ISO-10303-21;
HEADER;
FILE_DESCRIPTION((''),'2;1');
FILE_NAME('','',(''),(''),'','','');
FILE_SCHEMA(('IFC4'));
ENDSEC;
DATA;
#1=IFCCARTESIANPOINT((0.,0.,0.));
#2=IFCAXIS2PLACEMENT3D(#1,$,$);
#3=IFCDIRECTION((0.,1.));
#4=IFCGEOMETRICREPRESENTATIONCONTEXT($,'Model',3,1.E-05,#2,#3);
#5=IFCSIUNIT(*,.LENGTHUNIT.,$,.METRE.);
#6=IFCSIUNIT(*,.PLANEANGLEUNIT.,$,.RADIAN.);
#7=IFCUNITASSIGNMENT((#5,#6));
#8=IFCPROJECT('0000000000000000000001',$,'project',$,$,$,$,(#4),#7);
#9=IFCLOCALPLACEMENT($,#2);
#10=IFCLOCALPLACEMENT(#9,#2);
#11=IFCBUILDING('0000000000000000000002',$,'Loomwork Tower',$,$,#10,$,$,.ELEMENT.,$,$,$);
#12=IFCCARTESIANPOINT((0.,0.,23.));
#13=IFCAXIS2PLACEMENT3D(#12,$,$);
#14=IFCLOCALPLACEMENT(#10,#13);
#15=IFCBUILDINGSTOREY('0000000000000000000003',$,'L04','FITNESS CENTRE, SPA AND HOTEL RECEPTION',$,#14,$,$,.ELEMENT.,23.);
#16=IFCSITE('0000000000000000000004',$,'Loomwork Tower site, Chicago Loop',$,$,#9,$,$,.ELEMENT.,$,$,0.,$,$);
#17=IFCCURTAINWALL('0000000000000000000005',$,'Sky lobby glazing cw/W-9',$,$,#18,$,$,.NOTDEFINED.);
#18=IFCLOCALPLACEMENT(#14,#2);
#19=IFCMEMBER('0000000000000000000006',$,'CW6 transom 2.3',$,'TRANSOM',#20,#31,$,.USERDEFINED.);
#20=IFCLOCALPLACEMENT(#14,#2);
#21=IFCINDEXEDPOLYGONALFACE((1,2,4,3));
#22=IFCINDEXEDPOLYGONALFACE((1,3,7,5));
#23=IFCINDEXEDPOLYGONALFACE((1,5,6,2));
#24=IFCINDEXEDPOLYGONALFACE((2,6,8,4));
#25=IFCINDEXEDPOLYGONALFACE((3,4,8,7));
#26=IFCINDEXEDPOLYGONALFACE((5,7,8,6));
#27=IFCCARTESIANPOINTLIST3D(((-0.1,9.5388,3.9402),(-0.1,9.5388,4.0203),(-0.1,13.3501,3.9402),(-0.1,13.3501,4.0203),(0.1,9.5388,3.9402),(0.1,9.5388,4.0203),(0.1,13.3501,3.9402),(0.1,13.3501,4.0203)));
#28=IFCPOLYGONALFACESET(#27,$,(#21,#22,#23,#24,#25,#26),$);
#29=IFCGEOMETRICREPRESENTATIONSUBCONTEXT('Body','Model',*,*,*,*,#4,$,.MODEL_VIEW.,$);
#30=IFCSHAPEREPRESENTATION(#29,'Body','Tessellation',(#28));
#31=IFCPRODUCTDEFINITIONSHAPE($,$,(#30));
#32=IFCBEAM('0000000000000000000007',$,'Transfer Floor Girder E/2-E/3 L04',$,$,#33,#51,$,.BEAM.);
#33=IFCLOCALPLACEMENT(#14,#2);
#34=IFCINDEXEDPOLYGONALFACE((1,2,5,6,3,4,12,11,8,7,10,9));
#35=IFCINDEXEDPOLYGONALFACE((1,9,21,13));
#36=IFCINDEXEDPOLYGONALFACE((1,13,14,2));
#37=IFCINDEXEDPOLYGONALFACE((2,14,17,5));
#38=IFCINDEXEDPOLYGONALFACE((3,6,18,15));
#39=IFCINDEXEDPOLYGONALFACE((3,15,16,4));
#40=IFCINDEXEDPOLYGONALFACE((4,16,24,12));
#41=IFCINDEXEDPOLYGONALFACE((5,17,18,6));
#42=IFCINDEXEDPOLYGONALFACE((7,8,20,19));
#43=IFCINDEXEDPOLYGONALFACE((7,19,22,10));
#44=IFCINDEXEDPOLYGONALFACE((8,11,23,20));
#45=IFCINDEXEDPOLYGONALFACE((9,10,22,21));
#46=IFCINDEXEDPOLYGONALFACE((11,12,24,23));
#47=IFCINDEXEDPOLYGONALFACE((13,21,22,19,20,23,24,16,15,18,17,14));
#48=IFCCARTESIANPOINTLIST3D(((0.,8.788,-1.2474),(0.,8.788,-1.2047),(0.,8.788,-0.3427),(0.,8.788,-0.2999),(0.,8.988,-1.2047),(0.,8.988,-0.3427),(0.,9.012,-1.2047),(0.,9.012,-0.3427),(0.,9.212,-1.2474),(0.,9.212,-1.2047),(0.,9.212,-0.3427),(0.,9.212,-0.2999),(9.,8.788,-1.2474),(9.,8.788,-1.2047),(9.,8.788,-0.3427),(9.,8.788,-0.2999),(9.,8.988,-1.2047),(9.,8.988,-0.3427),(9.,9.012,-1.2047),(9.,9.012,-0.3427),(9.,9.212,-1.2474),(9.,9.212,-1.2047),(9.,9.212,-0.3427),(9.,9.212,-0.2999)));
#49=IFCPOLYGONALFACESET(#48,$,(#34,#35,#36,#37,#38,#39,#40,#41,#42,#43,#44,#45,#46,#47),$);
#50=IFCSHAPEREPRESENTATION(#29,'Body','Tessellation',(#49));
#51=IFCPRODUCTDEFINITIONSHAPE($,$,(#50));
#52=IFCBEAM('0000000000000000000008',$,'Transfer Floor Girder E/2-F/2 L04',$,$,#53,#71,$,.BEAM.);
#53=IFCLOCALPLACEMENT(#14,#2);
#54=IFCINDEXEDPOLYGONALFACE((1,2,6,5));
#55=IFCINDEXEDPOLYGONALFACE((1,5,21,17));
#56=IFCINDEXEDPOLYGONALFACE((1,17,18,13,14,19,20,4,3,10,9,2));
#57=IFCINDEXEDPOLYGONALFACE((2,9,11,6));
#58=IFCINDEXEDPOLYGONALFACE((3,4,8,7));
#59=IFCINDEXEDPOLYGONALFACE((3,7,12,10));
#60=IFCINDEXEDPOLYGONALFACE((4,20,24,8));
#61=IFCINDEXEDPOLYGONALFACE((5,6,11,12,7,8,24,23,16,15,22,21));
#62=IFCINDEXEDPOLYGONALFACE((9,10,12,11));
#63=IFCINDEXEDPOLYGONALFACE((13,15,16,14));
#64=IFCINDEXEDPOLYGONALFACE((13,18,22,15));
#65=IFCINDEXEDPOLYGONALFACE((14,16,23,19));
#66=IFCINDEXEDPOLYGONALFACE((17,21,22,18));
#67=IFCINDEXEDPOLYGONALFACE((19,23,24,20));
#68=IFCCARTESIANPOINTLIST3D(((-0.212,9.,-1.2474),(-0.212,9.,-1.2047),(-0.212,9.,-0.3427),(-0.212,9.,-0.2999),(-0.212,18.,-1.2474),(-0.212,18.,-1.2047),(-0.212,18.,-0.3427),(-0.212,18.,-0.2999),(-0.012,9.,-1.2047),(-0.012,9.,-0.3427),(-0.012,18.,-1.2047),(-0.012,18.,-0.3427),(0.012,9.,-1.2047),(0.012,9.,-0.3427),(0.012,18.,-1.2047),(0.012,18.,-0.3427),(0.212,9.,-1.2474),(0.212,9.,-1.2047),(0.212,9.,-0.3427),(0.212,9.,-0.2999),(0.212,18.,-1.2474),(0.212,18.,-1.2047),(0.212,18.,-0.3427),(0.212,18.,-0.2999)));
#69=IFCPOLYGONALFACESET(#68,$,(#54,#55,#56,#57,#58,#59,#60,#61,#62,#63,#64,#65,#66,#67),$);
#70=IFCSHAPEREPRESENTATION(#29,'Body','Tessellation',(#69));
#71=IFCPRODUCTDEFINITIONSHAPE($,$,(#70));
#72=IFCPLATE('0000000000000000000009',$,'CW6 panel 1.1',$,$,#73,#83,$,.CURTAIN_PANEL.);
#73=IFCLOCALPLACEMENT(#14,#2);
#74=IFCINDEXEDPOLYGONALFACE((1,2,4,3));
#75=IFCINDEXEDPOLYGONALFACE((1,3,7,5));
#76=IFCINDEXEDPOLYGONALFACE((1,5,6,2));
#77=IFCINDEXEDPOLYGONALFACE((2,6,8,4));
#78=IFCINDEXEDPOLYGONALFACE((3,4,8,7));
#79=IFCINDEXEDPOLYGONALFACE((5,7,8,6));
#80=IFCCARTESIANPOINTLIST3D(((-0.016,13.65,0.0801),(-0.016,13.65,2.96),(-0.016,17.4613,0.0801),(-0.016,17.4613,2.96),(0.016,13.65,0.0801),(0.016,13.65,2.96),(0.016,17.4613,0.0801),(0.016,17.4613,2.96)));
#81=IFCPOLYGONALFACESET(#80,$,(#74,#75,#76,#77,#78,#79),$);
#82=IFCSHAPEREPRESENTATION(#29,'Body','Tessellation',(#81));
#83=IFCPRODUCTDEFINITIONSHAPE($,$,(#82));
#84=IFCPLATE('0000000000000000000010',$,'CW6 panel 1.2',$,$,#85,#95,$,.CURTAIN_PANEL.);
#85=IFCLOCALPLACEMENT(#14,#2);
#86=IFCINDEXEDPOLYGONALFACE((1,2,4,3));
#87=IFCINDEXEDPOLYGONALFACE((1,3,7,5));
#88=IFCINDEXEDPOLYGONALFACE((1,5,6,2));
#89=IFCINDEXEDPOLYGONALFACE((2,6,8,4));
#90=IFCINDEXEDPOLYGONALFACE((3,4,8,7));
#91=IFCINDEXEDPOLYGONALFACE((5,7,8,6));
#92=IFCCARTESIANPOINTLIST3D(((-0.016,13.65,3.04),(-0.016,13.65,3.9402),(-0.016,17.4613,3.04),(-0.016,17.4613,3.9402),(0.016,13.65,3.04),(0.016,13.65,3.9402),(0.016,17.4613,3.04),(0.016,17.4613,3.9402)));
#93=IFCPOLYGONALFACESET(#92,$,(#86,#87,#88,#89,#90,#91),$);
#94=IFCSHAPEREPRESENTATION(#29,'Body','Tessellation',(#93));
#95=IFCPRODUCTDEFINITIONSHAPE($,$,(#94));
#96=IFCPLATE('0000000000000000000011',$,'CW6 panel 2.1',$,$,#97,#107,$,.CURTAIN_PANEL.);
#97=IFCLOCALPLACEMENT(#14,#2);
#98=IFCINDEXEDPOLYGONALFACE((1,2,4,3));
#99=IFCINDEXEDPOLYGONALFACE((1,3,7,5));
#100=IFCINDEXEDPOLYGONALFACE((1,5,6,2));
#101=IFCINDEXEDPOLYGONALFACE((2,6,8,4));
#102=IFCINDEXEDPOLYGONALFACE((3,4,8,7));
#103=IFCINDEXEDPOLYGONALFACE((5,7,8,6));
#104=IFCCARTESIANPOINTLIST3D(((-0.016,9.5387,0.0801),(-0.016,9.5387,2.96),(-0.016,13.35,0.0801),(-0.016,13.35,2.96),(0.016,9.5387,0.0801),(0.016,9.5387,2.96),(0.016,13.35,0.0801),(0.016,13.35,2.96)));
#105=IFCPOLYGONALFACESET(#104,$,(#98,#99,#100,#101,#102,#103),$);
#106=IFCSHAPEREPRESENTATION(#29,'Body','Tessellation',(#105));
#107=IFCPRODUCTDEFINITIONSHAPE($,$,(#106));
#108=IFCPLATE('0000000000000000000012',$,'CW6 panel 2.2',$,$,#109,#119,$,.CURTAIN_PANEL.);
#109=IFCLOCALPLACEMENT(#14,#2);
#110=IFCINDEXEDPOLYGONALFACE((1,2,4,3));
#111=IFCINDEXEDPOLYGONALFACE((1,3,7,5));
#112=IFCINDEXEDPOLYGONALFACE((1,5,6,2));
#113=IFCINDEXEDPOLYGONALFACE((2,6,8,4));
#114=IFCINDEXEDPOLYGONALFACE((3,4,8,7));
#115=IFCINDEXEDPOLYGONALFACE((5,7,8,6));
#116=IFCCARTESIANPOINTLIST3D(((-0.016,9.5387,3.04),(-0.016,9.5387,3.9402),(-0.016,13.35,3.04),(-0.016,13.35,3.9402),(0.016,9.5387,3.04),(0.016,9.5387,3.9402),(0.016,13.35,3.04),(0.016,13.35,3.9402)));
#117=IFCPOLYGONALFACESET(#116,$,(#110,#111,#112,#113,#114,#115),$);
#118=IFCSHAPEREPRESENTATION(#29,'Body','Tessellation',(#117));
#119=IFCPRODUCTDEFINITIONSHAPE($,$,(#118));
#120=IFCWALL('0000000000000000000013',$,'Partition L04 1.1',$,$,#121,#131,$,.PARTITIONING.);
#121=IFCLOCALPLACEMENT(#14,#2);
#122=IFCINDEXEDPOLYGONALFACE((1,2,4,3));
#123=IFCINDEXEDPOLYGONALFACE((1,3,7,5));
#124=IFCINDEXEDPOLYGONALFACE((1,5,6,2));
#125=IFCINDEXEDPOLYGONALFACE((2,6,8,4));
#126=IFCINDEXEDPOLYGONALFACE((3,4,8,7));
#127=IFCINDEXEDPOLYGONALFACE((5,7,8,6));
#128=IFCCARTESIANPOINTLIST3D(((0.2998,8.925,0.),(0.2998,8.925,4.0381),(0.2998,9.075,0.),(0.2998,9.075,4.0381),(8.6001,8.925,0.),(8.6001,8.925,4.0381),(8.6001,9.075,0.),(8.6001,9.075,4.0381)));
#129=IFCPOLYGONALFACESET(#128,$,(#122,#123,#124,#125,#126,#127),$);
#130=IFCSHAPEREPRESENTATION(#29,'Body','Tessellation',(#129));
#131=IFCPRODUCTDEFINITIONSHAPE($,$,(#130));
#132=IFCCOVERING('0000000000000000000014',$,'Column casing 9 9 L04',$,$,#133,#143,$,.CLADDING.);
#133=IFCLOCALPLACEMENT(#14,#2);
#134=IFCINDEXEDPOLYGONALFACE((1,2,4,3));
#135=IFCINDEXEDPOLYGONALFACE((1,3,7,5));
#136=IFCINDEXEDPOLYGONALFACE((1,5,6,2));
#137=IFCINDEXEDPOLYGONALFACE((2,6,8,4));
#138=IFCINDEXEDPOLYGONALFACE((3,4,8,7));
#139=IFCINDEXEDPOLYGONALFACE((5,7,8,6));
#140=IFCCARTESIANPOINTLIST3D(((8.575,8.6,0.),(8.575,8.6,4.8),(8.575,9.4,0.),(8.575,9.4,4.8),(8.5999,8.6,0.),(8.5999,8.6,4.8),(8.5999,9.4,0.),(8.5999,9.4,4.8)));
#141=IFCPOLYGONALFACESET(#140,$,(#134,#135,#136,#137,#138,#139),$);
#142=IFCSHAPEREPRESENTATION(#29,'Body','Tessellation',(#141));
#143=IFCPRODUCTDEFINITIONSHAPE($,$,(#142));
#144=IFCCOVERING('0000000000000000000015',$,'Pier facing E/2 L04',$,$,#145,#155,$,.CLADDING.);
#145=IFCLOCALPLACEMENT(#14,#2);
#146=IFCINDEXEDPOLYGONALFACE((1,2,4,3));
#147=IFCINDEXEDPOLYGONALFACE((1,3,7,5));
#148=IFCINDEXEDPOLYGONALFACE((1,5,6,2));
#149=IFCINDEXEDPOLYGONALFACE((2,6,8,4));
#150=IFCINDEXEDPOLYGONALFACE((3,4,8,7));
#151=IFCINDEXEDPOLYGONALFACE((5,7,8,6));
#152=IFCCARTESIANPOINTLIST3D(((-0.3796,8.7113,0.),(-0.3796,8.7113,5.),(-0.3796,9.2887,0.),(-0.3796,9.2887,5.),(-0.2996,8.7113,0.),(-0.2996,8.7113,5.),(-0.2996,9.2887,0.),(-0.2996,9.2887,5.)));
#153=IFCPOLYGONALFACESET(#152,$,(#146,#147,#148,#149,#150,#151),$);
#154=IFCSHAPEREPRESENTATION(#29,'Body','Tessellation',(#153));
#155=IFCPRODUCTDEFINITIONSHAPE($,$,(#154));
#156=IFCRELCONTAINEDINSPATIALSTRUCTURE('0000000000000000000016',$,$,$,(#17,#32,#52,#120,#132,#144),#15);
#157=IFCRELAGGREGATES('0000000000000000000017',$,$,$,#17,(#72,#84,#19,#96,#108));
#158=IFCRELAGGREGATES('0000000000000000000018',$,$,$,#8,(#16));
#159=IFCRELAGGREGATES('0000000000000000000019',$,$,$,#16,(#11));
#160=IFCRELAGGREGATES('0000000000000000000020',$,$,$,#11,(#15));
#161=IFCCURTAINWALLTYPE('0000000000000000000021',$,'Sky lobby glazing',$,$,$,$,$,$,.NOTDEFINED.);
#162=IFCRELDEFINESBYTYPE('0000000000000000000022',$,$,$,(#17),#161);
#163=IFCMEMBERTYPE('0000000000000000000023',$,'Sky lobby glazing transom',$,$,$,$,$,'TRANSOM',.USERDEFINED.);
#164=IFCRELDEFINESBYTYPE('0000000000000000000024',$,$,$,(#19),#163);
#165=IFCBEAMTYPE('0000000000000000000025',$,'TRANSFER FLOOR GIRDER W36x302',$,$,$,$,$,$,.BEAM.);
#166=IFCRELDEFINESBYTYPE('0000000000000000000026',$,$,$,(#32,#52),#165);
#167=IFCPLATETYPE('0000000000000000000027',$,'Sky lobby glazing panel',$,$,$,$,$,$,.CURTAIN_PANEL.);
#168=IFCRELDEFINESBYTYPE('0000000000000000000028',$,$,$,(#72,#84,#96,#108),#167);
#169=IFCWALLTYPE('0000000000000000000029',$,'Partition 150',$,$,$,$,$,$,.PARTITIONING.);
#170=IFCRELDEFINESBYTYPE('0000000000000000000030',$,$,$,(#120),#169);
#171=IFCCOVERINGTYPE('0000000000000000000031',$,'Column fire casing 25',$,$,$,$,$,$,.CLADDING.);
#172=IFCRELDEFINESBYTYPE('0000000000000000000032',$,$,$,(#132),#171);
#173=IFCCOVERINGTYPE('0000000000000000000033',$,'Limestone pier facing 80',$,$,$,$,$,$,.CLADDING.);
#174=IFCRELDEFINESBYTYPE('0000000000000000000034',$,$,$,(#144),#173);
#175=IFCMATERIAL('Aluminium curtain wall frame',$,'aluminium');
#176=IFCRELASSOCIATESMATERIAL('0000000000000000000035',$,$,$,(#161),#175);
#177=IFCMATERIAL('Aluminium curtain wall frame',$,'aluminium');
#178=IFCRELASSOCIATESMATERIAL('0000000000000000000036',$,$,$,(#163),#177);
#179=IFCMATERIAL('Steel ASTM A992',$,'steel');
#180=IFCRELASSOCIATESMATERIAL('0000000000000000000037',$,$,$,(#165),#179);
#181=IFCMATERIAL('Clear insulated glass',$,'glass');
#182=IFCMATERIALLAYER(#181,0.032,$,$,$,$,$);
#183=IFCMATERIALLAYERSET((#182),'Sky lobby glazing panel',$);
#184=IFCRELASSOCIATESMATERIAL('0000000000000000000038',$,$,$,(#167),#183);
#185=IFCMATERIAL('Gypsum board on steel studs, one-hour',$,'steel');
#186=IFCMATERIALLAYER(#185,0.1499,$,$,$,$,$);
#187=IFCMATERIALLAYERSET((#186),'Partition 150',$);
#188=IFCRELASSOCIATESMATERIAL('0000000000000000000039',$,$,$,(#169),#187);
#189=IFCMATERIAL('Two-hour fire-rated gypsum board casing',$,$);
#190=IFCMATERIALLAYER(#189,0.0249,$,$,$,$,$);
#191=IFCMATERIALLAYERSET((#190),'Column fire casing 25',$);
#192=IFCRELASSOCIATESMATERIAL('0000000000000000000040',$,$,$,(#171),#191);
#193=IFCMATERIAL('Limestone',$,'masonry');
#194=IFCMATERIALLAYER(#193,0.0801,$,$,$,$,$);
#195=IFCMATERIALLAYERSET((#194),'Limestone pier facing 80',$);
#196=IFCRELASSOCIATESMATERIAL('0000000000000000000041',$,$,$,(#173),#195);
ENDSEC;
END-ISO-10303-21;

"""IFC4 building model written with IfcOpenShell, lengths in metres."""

from ifc_helpers import new_model, si_unit, direction, frame, frame_2d, origin, origin_2d, place, context, subcontext, project, spatial, rectangle, i_section, extrude, material, layer, layer_set, material_profile, profile_set, type_object, element, aggregate, save


model = new_model("IFC4")

# Units and contexts
model_context = context("Model", 3, precision=1e-05, world=origin(), true_north=direction((0.0, 1.0)))
body_context = subcontext(model_context, "Body", "Model", "MODEL_VIEW")
ifc_project = project(units=[si_unit("LENGTHUNIT", "METRE"), si_unit("PLANEANGLEUNIT", "RADIAN")], contexts=[model_context])

# Site, building, storey
site_placement = place(None, origin())
site = spatial("IfcSite", under=ifc_project, at=site_placement, Name="Loomwork Tower site, Chicago Loop", CompositionType="ELEMENT", RefElevation=0.0)
building_placement = place(site_placement, origin())
building = spatial("IfcBuilding", under=site, at=building_placement, Name="Loomwork Tower", CompositionType="ELEMENT")
storey_placement = place(building_placement, frame((0.0, 0.0, 23.0)))
storey = spatial("IfcBuildingStorey", under=building, at=storey_placement, Name="L04", Description="FITNESS CENTRE, SPA AND HOTEL RECEPTION", CompositionType="ELEMENT", Elevation=23.0)

# Curtain wall, member
ifc_material_1 = material(Name="Aluminium curtain wall frame", Category="aluminium")
curtain_wall_type = type_object("IfcCurtainWallType", Name="Sky lobby glazing", PredefinedType="NOTDEFINED", material=ifc_material_1)
curtain_wall_placement = place(storey_placement, origin())
curtain_wall = element("IfcCurtainWall", 1, at=curtain_wall_placement, inside=storey, type_object=curtain_wall_type, Name="Sky lobby glazing cw/W-9", PredefinedType="NOTDEFINED")
ifc_material_2 = material(Name="Aluminium curtain wall frame", Category="aluminium")
ifc_material_profile_1 = material_profile(ifc_material_2, rectangle(XDim=0.2, YDim=0.0801, at=origin_2d()), Name="AL 80x200")
ifc_profile_set_1 = profile_set([ifc_material_profile_1], Name="Aluminium curtain wall frame")
member_type_1 = type_object("IfcMemberType", Name="Sky lobby glazing transom", ElementType="TRANSOM", PredefinedType="USERDEFINED", material=ifc_profile_set_1)
member_1_placement = place(storey_placement, frame((0.0, 13.3501, 3.9802), z_axis=(0.0, -1.0, 0.0), x_axis=(1.0, 0.0, 0.0)))
member_1 = element("IfcMember", 2, at=member_1_placement, type_object=member_type_1, Name="CW6 transom 2.3", ObjectType="TRANSOM", PredefinedType="USERDEFINED", context=body_context, shape_type="SweptSolid", body=[
    extrude(rectangle(XDim=0.2, YDim=0.0801, at=origin_2d()), origin(), (0.0, 0.0, 1.0), 3.8113),
])

# Beams
ifc_material_3 = material(Name="Steel ASTM A992", Category="steel")
ifc_material_profile_2 = material_profile(ifc_material_3, i_section(OverallWidth=0.4241, OverallDepth=0.9475, WebThickness=0.0239, FlangeThickness=0.0427, at=origin_2d()), Name="W36x302")
ifc_profile_set_2 = profile_set([ifc_material_profile_2], Name="Steel ASTM A992")
beam_type_1 = type_object("IfcBeamType", Name="TRANSFER FLOOR GIRDER W36x302", PredefinedType="BEAM", material=ifc_profile_set_2)
for number, where, z_axis, x_axis, name in (
    (3, (0.0, 9.0, -0.7737), (1.0, 0.0, 0.0), (0.0, 1.0, 0.0), "Transfer Floor Girder E/2-E/3 L04"),
    (4, (0.0, 9.0, -0.7737), (0.0, 1.0, 0.0), (-1.0, 0.0, 0.0), "Transfer Floor Girder E/2-F/2 L04"),
):
    element("IfcBeam", number, at=place(storey_placement, frame(where, z_axis=z_axis, x_axis=x_axis)), inside=storey, type_object=beam_type_1, Name=name, PredefinedType="BEAM", context=body_context, shape_type="SweptSolid", body=[
        extrude(i_section(OverallWidth=0.4241, OverallDepth=0.9475, WebThickness=0.0239, FlangeThickness=0.0427, at=origin_2d()), origin(), (0.0, 0.0, 1.0), 9.0),
    ])

# Plates
ifc_material_4 = material(Name="Clear insulated glass", Category="glass")
ifc_layer_1 = layer(ifc_material_4, 0.032)
ifc_layer_set_1 = layer_set([ifc_layer_1], Name="Sky lobby glazing panel")
plate_type = type_object("IfcPlateType", Name="Sky lobby glazing panel", PredefinedType="CURTAIN_PANEL", material=ifc_layer_set_1)
plate_1_placement = place(storey_placement, frame((0.0, 15.5557, 0.0801), z_axis=(0.0, 0.0, 1.0), x_axis=(0.0, -1.0, 0.0)))
plate_1 = element("IfcPlate", 5, at=plate_1_placement, type_object=plate_type, Name="CW6 panel 1.1", PredefinedType="CURTAIN_PANEL", context=body_context, shape_type="SweptSolid", body=[
    extrude(rectangle(XDim=3.8113, YDim=0.032, at=origin_2d()), origin(), (0.0, 0.0, 1.0), 2.8799),
])
plate_2_placement = place(storey_placement, frame((0.0, 15.5557, 3.04), z_axis=(0.0, 0.0, 1.0), x_axis=(0.0, -1.0, 0.0)))
plate_2 = element("IfcPlate", 6, at=plate_2_placement, type_object=plate_type, Name="CW6 panel 1.2", PredefinedType="CURTAIN_PANEL", context=body_context, shape_type="SweptSolid", body=[
    extrude(rectangle(XDim=3.8113, YDim=0.032, at=origin_2d()), origin(), (0.0, 0.0, 1.0), 0.9001),
])
plate_3_placement = place(storey_placement, frame((0.0, 11.4443, 0.0801), z_axis=(0.0, 0.0, 1.0), x_axis=(0.0, -1.0, 0.0)))
plate_3 = element("IfcPlate", 7, at=plate_3_placement, type_object=plate_type, Name="CW6 panel 2.1", PredefinedType="CURTAIN_PANEL", context=body_context, shape_type="SweptSolid", body=[
    extrude(rectangle(XDim=3.8113, YDim=0.032, at=origin_2d()), origin(), (0.0, 0.0, 1.0), 2.8799),
])
plate_4_placement = place(storey_placement, frame((0.0, 11.4443, 3.04), z_axis=(0.0, 0.0, 1.0), x_axis=(0.0, -1.0, 0.0)))
plate_4 = element("IfcPlate", 8, at=plate_4_placement, type_object=plate_type, Name="CW6 panel 2.2", PredefinedType="CURTAIN_PANEL", context=body_context, shape_type="SweptSolid", body=[
    extrude(rectangle(XDim=3.8113, YDim=0.032, at=origin_2d()), origin(), (0.0, 0.0, 1.0), 0.9001),
])
aggregate(curtain_wall, [plate_1, plate_2, member_1, plate_3, plate_4])

# Wall
ifc_material_5 = material(Name="Gypsum board on steel studs, one-hour", Category="steel")
ifc_layer_2 = layer(ifc_material_5, 0.1499)
ifc_layer_set_2 = layer_set([ifc_layer_2], Name="Partition 150")
wall_type = type_object("IfcWallType", Name="Partition 150", PredefinedType="PARTITIONING", material=ifc_layer_set_2)
wall_placement = place(storey_placement, frame((0.2998, 9.0, 0.0), z_axis=(0.0, 0.0, 1.0), x_axis=(1.0, 0.0, 0.0)))
element("IfcWall", 9, at=wall_placement, inside=storey, type_object=wall_type, Name="Partition L04 1.1", PredefinedType="PARTITIONING", context=body_context, shape_type="SweptSolid", body=[
    extrude(rectangle(XDim=8.3003, YDim=0.1499, at=frame_2d((4.1501, 0.0))), origin(), (0.0, 0.0, 1.0), 4.0381),
])

# Coverings
ifc_material_6 = material(Name="Two-hour fire-rated gypsum board casing")
ifc_layer_3 = layer(ifc_material_6, 0.0249)
ifc_layer_set_3 = layer_set([ifc_layer_3], Name="Column fire casing 25")
covering_type_1 = type_object("IfcCoveringType", Name="Column fire casing 25", PredefinedType="CLADDING", material=ifc_layer_set_3)
covering_1_placement = place(storey_placement, frame((8.5874, 9.0, 0.0), z_axis=(0.0, 0.0, 1.0), x_axis=(1.0, 0.0, 0.0)))
element("IfcCovering", 10, at=covering_1_placement, inside=storey, type_object=covering_type_1, Name="Column casing 9 9 L04", PredefinedType="CLADDING", context=body_context, shape_type="SweptSolid", body=[
    extrude(rectangle(XDim=0.0249, YDim=0.8, at=origin_2d()), origin(), (0.0, 0.0, 1.0), 4.8),
])
ifc_material_7 = material(Name="Limestone", Category="masonry")
ifc_layer_4 = layer(ifc_material_7, 0.0801)
ifc_layer_set_4 = layer_set([ifc_layer_4], Name="Limestone pier facing 80")
covering_type_2 = type_object("IfcCoveringType", Name="Limestone pier facing 80", PredefinedType="CLADDING", material=ifc_layer_set_4)
covering_2_placement = place(storey_placement, frame((-0.3396, 9.0, 0.0), z_axis=(0.0, 0.0, 1.0), x_axis=(1.0, 0.0, 0.0)))
element("IfcCovering", 11, at=covering_2_placement, inside=storey, type_object=covering_type_2, Name="Pier facing E/2 L04", PredefinedType="CLADDING", context=body_context, shape_type="SweptSolid", body=[
    extrude(rectangle(XDim=0.0801, YDim=0.5774, at=origin_2d()), origin(), (0.0, 0.0, 1.0), 5.0),
])

save(model, "model.ifc")
